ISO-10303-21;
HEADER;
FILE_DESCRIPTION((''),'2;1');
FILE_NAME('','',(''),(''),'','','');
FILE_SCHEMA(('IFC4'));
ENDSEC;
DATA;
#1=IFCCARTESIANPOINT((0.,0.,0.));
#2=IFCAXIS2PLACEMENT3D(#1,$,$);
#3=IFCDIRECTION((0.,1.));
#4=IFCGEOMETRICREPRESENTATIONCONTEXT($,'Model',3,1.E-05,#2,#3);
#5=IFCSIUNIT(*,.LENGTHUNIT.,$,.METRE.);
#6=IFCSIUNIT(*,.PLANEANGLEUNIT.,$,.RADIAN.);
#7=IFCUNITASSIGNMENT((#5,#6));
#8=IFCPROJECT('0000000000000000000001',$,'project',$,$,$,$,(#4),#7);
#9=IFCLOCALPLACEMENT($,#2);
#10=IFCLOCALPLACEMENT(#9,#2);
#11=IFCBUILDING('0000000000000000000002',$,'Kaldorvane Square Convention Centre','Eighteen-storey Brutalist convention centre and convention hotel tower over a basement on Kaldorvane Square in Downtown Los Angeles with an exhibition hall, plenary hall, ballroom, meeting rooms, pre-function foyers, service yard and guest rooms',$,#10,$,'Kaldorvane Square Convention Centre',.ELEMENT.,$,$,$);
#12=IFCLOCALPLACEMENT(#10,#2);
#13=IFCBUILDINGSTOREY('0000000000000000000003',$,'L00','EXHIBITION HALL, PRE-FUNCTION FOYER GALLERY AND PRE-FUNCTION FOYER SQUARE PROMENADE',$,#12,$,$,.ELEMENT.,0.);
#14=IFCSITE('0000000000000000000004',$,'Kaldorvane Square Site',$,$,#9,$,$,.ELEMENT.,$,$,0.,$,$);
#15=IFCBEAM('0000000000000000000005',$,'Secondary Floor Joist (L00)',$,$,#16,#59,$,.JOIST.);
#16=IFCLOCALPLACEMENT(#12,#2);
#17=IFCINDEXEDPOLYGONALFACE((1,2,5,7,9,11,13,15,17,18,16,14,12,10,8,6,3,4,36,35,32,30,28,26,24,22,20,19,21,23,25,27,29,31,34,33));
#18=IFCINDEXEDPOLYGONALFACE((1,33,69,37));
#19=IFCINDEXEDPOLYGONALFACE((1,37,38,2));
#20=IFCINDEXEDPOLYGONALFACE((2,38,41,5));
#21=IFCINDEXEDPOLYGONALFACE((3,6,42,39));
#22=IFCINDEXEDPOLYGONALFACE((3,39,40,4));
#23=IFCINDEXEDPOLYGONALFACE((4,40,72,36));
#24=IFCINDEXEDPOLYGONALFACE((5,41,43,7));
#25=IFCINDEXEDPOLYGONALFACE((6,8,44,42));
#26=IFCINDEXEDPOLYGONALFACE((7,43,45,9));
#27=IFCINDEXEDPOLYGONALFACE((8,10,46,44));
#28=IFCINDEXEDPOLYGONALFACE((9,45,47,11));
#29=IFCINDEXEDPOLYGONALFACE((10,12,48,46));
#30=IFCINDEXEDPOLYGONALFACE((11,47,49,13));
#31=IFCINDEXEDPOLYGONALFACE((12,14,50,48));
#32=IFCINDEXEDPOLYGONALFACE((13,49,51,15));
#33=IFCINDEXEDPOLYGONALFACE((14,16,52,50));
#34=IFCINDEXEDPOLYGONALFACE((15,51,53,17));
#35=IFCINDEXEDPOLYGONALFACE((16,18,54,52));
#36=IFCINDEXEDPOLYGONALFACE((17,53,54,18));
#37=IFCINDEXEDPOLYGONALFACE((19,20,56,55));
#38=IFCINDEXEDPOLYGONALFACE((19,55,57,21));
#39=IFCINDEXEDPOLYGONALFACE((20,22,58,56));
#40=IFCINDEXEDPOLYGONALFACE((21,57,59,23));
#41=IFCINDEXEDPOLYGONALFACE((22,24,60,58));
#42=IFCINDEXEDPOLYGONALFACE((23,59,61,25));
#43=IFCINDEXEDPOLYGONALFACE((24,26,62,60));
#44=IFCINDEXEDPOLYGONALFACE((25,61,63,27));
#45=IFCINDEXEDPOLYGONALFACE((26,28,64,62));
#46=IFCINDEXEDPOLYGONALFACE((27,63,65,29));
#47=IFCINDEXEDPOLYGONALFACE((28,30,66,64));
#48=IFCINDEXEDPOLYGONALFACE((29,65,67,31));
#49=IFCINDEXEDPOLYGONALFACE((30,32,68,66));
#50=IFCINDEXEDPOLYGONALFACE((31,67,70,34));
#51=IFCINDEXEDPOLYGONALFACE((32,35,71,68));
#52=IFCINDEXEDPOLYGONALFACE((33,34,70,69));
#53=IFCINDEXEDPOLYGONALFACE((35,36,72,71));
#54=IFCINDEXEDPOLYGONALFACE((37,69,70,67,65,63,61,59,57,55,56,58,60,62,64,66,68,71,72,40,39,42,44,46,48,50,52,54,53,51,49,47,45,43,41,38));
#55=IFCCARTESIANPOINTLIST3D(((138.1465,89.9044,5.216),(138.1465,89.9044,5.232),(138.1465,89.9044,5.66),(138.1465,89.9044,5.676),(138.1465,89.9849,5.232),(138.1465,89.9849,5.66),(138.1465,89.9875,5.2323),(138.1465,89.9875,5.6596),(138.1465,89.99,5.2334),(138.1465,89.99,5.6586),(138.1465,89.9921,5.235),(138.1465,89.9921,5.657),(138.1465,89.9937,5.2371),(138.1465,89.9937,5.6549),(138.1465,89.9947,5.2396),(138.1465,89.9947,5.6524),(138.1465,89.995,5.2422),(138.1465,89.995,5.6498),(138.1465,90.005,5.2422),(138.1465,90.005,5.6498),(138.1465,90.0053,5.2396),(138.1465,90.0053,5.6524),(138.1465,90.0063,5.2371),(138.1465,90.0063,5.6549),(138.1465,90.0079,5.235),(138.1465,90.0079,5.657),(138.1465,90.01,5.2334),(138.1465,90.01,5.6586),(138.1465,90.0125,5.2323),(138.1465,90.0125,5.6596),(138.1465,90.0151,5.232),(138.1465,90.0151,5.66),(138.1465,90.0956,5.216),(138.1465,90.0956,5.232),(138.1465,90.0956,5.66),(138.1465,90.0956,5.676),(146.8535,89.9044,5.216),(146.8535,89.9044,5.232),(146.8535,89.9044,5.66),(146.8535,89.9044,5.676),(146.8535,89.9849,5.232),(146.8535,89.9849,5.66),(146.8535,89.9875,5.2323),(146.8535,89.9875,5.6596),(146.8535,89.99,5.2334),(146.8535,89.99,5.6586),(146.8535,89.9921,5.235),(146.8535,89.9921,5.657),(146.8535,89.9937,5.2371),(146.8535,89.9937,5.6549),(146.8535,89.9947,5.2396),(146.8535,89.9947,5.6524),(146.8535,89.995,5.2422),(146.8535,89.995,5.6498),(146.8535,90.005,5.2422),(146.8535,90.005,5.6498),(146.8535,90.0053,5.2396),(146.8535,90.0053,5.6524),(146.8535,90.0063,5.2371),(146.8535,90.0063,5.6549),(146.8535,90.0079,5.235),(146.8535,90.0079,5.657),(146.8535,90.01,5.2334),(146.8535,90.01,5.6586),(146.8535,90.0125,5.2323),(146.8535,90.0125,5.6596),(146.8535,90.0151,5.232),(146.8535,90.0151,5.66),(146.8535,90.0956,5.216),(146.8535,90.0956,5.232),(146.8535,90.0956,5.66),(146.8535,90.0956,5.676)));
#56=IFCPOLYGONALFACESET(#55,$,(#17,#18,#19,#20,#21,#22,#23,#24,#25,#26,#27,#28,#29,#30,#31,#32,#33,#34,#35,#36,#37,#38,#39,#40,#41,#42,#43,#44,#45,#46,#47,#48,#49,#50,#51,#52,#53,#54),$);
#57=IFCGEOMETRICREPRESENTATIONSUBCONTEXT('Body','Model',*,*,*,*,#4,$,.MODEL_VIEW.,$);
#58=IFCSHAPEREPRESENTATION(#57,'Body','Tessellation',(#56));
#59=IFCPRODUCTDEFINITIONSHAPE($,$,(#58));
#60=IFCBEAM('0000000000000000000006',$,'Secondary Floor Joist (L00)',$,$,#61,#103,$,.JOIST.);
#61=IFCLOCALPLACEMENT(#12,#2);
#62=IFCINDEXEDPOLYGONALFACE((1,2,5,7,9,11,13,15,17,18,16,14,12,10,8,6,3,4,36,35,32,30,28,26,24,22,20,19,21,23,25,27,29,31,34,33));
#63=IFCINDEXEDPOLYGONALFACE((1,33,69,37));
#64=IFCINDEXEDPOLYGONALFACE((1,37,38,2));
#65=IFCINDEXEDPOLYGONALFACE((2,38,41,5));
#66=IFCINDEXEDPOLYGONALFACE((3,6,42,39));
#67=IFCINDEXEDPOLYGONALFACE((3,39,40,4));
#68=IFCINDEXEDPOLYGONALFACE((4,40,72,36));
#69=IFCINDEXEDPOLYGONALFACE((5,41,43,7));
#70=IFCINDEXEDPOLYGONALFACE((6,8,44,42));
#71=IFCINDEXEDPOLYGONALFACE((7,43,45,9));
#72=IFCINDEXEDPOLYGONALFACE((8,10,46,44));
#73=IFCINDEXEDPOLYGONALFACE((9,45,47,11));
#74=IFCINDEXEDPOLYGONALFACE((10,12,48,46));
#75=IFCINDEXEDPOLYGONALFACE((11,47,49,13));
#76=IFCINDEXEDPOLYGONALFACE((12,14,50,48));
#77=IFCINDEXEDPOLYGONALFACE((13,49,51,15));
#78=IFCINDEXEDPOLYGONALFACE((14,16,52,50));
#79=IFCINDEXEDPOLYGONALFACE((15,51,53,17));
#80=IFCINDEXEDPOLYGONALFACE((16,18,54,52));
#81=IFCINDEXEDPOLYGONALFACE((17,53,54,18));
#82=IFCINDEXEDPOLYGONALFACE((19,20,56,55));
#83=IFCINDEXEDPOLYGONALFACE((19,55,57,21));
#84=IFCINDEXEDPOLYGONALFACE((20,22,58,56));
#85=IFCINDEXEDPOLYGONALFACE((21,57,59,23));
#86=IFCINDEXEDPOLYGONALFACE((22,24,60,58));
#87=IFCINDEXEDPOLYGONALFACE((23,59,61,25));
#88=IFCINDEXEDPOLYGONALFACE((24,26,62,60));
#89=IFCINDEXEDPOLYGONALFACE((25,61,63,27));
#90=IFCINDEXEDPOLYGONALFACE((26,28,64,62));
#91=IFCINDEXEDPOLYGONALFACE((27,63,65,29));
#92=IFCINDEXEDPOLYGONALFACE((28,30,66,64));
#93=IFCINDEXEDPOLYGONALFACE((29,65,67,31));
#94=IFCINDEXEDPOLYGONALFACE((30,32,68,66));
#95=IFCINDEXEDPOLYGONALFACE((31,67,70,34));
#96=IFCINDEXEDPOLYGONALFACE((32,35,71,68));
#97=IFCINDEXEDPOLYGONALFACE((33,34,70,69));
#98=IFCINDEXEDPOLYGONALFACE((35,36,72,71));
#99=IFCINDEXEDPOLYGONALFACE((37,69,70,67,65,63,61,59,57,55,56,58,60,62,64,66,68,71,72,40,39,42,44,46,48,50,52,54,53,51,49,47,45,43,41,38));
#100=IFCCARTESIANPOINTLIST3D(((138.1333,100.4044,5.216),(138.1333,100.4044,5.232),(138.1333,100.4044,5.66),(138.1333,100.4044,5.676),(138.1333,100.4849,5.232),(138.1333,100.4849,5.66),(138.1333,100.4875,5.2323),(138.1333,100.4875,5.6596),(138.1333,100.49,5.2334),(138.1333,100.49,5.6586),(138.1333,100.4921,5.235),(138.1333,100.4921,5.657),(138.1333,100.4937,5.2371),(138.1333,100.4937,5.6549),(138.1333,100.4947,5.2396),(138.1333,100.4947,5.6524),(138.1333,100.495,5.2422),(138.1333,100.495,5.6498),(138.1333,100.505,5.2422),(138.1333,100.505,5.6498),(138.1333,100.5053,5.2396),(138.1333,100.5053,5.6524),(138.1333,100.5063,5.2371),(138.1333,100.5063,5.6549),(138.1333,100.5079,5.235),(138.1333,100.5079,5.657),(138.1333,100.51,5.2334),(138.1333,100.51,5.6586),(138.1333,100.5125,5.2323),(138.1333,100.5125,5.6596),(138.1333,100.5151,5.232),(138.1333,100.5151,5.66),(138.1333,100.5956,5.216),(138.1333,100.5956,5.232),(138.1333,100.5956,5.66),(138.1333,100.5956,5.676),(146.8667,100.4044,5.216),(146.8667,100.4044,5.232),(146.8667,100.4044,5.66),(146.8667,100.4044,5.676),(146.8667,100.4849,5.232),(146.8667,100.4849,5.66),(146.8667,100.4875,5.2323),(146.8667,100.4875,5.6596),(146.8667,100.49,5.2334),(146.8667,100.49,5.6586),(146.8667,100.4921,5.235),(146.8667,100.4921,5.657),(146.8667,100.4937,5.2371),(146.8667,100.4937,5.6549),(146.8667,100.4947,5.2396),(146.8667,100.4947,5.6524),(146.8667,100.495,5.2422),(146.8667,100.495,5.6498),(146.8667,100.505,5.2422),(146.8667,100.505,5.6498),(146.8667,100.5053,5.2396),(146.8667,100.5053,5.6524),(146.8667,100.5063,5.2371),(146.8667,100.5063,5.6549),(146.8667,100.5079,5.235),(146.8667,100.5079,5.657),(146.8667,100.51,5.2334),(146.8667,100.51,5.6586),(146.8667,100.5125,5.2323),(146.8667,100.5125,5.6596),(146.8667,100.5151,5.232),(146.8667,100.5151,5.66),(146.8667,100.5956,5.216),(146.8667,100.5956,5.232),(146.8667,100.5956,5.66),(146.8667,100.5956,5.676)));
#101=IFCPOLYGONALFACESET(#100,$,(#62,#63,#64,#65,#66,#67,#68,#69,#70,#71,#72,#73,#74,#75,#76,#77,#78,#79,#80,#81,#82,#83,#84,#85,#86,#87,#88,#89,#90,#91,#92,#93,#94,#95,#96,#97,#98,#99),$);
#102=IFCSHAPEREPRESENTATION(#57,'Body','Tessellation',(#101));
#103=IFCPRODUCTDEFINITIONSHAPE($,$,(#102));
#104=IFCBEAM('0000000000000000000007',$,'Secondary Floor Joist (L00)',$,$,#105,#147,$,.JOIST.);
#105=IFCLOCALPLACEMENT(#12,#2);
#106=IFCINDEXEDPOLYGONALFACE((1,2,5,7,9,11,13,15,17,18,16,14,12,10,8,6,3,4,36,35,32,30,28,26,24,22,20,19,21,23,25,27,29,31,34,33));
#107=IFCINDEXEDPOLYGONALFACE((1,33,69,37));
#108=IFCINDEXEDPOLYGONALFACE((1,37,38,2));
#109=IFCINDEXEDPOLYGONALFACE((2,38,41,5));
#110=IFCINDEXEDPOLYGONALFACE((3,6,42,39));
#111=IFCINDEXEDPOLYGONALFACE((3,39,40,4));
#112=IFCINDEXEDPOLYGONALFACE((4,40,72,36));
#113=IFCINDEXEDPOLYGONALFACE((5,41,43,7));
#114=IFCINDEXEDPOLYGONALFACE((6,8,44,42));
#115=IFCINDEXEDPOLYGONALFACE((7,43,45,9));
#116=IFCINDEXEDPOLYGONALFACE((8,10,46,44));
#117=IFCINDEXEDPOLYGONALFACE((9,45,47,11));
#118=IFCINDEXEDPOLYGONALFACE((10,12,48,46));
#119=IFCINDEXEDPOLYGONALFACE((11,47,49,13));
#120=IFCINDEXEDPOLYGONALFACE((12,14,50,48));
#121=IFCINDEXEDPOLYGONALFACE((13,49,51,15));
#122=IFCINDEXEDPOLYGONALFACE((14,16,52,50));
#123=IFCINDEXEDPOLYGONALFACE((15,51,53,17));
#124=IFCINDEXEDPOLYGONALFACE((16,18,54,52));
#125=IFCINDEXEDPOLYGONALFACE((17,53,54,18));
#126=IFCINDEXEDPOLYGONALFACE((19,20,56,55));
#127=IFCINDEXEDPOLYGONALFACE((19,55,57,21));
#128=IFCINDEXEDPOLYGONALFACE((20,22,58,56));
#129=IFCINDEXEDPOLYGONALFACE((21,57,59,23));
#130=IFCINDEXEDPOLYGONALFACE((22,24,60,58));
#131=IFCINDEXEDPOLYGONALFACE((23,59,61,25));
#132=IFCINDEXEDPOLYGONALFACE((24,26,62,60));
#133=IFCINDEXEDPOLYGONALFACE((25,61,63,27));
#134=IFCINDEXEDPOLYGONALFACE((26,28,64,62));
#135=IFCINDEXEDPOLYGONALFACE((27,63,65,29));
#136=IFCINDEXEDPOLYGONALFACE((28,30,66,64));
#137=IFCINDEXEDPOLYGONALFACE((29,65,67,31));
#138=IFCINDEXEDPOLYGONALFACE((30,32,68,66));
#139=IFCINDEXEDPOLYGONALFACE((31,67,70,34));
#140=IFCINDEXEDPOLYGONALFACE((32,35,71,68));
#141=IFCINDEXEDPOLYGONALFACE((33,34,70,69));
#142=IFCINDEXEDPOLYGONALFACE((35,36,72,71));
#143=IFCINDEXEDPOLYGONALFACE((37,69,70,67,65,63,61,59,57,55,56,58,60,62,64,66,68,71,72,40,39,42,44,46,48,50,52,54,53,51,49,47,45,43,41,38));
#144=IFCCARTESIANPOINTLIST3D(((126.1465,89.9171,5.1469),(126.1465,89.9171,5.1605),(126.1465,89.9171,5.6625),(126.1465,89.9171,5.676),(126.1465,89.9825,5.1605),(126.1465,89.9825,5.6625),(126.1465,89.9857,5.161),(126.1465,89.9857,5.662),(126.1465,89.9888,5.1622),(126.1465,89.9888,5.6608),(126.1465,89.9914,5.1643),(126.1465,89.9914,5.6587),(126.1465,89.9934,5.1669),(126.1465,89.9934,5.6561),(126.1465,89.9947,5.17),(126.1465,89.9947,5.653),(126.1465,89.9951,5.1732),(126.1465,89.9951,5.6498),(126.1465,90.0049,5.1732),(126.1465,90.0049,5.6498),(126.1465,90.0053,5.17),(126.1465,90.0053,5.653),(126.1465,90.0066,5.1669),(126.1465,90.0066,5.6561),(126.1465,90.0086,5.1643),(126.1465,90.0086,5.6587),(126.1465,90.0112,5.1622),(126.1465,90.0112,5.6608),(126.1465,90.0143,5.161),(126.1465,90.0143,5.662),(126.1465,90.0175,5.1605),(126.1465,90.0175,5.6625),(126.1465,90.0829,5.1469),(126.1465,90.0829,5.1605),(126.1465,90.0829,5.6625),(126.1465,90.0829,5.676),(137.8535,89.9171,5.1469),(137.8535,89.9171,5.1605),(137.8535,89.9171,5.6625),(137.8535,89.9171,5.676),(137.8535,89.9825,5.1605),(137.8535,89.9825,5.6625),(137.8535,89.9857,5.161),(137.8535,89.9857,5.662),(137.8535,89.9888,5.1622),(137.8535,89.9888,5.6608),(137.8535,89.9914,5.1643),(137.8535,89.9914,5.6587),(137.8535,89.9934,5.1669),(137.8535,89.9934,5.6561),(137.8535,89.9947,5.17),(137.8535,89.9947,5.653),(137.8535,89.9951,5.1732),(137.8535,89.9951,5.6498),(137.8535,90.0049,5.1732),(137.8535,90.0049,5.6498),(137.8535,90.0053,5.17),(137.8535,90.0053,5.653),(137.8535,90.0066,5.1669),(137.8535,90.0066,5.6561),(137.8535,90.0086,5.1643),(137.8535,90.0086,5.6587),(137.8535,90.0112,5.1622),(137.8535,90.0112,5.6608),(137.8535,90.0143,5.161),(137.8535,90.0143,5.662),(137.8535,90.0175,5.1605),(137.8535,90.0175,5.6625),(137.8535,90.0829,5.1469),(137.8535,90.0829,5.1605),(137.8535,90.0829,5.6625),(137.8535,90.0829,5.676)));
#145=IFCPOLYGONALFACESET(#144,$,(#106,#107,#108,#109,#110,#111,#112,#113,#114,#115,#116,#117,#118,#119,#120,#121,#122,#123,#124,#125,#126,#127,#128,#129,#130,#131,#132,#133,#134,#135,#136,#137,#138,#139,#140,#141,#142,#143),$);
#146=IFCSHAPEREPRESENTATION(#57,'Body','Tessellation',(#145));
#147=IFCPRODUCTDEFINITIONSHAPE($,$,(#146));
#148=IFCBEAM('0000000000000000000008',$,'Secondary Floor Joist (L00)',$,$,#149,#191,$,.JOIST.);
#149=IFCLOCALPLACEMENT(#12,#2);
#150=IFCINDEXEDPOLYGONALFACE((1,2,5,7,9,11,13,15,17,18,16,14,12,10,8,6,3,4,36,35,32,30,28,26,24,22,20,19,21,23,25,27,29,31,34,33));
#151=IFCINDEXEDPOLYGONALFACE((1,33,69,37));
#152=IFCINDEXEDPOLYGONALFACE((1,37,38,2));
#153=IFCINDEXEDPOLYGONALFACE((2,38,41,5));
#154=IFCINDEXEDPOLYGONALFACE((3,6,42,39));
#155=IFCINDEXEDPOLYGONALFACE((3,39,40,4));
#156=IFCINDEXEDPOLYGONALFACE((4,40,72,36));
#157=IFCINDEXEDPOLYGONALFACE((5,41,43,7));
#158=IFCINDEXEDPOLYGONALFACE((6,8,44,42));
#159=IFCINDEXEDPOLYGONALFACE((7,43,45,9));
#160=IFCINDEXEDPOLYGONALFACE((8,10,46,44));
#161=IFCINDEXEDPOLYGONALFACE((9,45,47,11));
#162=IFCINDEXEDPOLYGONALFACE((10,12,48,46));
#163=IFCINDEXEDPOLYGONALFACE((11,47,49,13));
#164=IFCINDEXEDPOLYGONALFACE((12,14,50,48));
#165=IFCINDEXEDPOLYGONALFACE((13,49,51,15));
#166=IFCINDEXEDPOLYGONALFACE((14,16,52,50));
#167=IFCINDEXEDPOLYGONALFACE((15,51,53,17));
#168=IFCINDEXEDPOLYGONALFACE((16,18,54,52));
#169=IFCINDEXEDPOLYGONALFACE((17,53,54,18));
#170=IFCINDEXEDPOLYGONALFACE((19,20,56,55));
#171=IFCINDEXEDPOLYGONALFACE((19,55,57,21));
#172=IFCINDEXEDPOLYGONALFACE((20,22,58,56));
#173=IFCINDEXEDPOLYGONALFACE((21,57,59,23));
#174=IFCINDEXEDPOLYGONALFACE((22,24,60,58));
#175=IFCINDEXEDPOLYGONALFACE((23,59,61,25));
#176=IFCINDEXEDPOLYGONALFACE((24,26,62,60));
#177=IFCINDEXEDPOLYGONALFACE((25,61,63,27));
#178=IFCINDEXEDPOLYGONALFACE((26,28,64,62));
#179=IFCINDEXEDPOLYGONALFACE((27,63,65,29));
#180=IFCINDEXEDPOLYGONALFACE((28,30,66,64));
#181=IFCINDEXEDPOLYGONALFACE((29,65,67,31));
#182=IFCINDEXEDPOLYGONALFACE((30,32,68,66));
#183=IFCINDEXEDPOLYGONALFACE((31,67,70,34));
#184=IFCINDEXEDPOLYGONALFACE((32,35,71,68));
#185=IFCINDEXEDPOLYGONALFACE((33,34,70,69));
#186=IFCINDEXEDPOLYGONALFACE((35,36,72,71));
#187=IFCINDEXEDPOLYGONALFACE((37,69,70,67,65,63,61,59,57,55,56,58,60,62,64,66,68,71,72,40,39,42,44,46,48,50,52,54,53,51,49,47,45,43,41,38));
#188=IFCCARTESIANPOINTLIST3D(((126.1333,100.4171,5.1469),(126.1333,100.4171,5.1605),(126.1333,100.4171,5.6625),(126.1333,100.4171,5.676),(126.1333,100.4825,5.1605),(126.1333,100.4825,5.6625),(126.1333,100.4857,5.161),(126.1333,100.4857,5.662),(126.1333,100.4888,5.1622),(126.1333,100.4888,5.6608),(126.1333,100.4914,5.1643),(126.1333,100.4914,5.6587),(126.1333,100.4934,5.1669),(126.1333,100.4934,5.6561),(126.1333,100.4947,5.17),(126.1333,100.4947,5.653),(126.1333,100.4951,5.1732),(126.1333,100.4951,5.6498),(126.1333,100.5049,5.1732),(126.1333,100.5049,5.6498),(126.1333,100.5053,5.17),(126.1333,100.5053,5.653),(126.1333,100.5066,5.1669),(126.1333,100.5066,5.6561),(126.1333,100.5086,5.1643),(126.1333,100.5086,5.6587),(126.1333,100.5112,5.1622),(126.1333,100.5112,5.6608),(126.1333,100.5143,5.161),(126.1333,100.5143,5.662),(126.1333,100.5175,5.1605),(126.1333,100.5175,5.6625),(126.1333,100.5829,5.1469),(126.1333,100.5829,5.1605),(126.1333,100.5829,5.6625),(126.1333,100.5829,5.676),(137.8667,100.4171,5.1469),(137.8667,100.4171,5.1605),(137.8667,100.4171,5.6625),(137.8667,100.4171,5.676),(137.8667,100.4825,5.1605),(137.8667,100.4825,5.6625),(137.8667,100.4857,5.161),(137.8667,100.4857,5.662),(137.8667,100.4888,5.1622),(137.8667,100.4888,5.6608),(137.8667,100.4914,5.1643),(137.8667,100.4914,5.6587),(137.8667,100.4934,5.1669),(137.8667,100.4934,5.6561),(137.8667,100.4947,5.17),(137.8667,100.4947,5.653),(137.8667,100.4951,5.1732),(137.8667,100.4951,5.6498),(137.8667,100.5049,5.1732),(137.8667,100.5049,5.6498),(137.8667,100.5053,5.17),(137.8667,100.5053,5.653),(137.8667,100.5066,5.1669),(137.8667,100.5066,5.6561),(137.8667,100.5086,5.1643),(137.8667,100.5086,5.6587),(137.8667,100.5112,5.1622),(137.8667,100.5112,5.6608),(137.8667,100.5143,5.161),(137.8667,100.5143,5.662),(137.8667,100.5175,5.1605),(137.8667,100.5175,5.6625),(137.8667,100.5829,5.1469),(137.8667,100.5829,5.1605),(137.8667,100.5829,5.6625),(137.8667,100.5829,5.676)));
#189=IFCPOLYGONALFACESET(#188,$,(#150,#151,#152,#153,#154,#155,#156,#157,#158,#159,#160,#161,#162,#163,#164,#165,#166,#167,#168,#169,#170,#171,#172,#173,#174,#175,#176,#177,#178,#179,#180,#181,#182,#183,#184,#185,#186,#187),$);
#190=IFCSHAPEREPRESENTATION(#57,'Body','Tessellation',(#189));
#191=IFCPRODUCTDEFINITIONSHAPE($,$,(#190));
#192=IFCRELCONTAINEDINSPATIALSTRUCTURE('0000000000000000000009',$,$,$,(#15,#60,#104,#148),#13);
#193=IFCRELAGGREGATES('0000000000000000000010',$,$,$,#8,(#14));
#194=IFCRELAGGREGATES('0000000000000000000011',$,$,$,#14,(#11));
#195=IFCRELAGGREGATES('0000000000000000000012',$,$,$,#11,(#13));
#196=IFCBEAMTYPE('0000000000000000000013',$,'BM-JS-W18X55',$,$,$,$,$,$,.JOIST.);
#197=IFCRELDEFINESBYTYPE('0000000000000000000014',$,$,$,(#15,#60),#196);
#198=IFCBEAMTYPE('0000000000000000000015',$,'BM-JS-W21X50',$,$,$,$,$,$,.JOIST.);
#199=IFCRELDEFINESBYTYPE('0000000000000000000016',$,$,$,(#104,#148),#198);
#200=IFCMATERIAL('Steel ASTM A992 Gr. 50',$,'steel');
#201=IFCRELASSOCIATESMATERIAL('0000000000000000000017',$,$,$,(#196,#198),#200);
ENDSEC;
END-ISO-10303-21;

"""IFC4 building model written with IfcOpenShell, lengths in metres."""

from ifc_helpers import new_model, si_unit, direction, frame, origin, origin_2d, place, context, subcontext, project, spatial, i_section, extrude, material, material_profile, profile_set, type_object, element, save


model = new_model("IFC4")

# Units and contexts
model_context = context("Model", 3, precision=1e-05, world=origin(), true_north=direction((0.0, 1.0)))
body_context = subcontext(model_context, "Body", "Model", "MODEL_VIEW")
ifc_project = project(units=[si_unit("LENGTHUNIT", "METRE"), si_unit("PLANEANGLEUNIT", "RADIAN")], contexts=[model_context])

# Site, building, storey
site_placement = place(None, origin())
site = spatial("IfcSite", under=ifc_project, at=site_placement, Name="Kaldorvane Square Site", CompositionType="ELEMENT", RefElevation=0.0)
building_placement = place(site_placement, origin())
building = spatial("IfcBuilding", under=site, at=building_placement, Name="Kaldorvane Square Convention Centre", Description="Eighteen-storey Brutalist convention centre and convention hotel tower over a basement on Kaldorvane Square in Downtown Los Angeles with an exhibition hall, plenary hall, ballroom, meeting rooms, pre-function foyers, service yard and guest rooms", LongName="Kaldorvane Square Convention Centre", CompositionType="ELEMENT")
storey_placement = place(building_placement, origin())
storey = spatial("IfcBuildingStorey", under=building, at=storey_placement, Name="L00", Description="EXHIBITION HALL, PRE-FUNCTION FOYER GALLERY AND PRE-FUNCTION FOYER SQUARE PROMENADE", CompositionType="ELEMENT", Elevation=0.0)

# Shared definitions
ifc_material_1 = material(Name="Steel ASTM A992 Gr. 50", Category="steel")

# Beams
ifc_material_profile_1 = material_profile(ifc_material_1, i_section(OverallWidth=0.1913, OverallDepth=0.46, WebThickness=0.0099, FlangeThickness=0.016, FilletRadius=0.0102, at=origin_2d()), Name="W18X55")
ifc_profile_set_1 = profile_set([ifc_material_profile_1], Name="Steel ASTM A992 Gr. 50")
beam_type_1 = type_object("IfcBeamType", Name="BM-JS-W18X55", PredefinedType="JOIST", material=ifc_profile_set_1)
beam_1_placement = place(storey_placement, frame((138.1465, 90.0, 5.446), z_axis=(1.0, 0.0, 0.0), x_axis=(0.0, 1.0, 0.0)))
element("IfcBeam", 1, at=beam_1_placement, inside=storey, type_object=beam_type_1, Name="Secondary Floor Joist (L00)", PredefinedType="JOIST", context=body_context, shape_type="SweptSolid", body=[
    extrude(i_section(OverallWidth=0.1913, OverallDepth=0.46, WebThickness=0.0099, FlangeThickness=0.016, FilletRadius=0.0102, at=origin_2d()), origin(), (0.0, 0.0, 1.0), 8.707),
])
beam_2_placement = place(storey_placement, frame((138.1333, 100.5, 5.446), z_axis=(1.0, 0.0, 0.0), x_axis=(0.0, 1.0, 0.0)))
element("IfcBeam", 2, at=beam_2_placement, inside=storey, type_object=beam_type_1, Name="Secondary Floor Joist (L00)", PredefinedType="JOIST", context=body_context, shape_type="SweptSolid", body=[
    extrude(i_section(OverallWidth=0.1913, OverallDepth=0.46, WebThickness=0.0099, FlangeThickness=0.016, FilletRadius=0.0102, at=origin_2d()), origin(), (0.0, 0.0, 1.0), 8.7334),
])
ifc_material_profile_2 = material_profile(ifc_material_1, i_section(OverallWidth=0.1659, OverallDepth=0.5291, WebThickness=0.0097, FlangeThickness=0.0136, FilletRadius=0.0127, at=origin_2d()), Name="W21X50")
ifc_profile_set_2 = profile_set([ifc_material_profile_2], Name="Steel ASTM A992 Gr. 50")
beam_type_2 = type_object("IfcBeamType", Name="BM-JS-W21X50", PredefinedType="JOIST", material=ifc_profile_set_2)
beam_3_placement = place(storey_placement, frame((126.1465, 90.0, 5.4115), z_axis=(1.0, 0.0, 0.0), x_axis=(0.0, 1.0, 0.0)))
element("IfcBeam", 3, at=beam_3_placement, inside=storey, type_object=beam_type_2, Name="Secondary Floor Joist (L00)", PredefinedType="JOIST", context=body_context, shape_type="SweptSolid", body=[
    extrude(i_section(OverallWidth=0.1659, OverallDepth=0.5291, WebThickness=0.0097, FlangeThickness=0.0136, FilletRadius=0.0127, at=origin_2d()), origin(), (0.0, 0.0, 1.0), 11.707),
])
beam_4_placement = place(storey_placement, frame((126.1333, 100.5, 5.4115), z_axis=(1.0, 0.0, 0.0), x_axis=(0.0, 1.0, 0.0)))
element("IfcBeam", 4, at=beam_4_placement, inside=storey, type_object=beam_type_2, Name="Secondary Floor Joist (L00)", PredefinedType="JOIST", context=body_context, shape_type="SweptSolid", body=[
    extrude(i_section(OverallWidth=0.1659, OverallDepth=0.5291, WebThickness=0.0097, FlangeThickness=0.0136, FilletRadius=0.0127, at=origin_2d()), origin(), (0.0, 0.0, 1.0), 11.7334),
])

save(model, "model.ifc")
